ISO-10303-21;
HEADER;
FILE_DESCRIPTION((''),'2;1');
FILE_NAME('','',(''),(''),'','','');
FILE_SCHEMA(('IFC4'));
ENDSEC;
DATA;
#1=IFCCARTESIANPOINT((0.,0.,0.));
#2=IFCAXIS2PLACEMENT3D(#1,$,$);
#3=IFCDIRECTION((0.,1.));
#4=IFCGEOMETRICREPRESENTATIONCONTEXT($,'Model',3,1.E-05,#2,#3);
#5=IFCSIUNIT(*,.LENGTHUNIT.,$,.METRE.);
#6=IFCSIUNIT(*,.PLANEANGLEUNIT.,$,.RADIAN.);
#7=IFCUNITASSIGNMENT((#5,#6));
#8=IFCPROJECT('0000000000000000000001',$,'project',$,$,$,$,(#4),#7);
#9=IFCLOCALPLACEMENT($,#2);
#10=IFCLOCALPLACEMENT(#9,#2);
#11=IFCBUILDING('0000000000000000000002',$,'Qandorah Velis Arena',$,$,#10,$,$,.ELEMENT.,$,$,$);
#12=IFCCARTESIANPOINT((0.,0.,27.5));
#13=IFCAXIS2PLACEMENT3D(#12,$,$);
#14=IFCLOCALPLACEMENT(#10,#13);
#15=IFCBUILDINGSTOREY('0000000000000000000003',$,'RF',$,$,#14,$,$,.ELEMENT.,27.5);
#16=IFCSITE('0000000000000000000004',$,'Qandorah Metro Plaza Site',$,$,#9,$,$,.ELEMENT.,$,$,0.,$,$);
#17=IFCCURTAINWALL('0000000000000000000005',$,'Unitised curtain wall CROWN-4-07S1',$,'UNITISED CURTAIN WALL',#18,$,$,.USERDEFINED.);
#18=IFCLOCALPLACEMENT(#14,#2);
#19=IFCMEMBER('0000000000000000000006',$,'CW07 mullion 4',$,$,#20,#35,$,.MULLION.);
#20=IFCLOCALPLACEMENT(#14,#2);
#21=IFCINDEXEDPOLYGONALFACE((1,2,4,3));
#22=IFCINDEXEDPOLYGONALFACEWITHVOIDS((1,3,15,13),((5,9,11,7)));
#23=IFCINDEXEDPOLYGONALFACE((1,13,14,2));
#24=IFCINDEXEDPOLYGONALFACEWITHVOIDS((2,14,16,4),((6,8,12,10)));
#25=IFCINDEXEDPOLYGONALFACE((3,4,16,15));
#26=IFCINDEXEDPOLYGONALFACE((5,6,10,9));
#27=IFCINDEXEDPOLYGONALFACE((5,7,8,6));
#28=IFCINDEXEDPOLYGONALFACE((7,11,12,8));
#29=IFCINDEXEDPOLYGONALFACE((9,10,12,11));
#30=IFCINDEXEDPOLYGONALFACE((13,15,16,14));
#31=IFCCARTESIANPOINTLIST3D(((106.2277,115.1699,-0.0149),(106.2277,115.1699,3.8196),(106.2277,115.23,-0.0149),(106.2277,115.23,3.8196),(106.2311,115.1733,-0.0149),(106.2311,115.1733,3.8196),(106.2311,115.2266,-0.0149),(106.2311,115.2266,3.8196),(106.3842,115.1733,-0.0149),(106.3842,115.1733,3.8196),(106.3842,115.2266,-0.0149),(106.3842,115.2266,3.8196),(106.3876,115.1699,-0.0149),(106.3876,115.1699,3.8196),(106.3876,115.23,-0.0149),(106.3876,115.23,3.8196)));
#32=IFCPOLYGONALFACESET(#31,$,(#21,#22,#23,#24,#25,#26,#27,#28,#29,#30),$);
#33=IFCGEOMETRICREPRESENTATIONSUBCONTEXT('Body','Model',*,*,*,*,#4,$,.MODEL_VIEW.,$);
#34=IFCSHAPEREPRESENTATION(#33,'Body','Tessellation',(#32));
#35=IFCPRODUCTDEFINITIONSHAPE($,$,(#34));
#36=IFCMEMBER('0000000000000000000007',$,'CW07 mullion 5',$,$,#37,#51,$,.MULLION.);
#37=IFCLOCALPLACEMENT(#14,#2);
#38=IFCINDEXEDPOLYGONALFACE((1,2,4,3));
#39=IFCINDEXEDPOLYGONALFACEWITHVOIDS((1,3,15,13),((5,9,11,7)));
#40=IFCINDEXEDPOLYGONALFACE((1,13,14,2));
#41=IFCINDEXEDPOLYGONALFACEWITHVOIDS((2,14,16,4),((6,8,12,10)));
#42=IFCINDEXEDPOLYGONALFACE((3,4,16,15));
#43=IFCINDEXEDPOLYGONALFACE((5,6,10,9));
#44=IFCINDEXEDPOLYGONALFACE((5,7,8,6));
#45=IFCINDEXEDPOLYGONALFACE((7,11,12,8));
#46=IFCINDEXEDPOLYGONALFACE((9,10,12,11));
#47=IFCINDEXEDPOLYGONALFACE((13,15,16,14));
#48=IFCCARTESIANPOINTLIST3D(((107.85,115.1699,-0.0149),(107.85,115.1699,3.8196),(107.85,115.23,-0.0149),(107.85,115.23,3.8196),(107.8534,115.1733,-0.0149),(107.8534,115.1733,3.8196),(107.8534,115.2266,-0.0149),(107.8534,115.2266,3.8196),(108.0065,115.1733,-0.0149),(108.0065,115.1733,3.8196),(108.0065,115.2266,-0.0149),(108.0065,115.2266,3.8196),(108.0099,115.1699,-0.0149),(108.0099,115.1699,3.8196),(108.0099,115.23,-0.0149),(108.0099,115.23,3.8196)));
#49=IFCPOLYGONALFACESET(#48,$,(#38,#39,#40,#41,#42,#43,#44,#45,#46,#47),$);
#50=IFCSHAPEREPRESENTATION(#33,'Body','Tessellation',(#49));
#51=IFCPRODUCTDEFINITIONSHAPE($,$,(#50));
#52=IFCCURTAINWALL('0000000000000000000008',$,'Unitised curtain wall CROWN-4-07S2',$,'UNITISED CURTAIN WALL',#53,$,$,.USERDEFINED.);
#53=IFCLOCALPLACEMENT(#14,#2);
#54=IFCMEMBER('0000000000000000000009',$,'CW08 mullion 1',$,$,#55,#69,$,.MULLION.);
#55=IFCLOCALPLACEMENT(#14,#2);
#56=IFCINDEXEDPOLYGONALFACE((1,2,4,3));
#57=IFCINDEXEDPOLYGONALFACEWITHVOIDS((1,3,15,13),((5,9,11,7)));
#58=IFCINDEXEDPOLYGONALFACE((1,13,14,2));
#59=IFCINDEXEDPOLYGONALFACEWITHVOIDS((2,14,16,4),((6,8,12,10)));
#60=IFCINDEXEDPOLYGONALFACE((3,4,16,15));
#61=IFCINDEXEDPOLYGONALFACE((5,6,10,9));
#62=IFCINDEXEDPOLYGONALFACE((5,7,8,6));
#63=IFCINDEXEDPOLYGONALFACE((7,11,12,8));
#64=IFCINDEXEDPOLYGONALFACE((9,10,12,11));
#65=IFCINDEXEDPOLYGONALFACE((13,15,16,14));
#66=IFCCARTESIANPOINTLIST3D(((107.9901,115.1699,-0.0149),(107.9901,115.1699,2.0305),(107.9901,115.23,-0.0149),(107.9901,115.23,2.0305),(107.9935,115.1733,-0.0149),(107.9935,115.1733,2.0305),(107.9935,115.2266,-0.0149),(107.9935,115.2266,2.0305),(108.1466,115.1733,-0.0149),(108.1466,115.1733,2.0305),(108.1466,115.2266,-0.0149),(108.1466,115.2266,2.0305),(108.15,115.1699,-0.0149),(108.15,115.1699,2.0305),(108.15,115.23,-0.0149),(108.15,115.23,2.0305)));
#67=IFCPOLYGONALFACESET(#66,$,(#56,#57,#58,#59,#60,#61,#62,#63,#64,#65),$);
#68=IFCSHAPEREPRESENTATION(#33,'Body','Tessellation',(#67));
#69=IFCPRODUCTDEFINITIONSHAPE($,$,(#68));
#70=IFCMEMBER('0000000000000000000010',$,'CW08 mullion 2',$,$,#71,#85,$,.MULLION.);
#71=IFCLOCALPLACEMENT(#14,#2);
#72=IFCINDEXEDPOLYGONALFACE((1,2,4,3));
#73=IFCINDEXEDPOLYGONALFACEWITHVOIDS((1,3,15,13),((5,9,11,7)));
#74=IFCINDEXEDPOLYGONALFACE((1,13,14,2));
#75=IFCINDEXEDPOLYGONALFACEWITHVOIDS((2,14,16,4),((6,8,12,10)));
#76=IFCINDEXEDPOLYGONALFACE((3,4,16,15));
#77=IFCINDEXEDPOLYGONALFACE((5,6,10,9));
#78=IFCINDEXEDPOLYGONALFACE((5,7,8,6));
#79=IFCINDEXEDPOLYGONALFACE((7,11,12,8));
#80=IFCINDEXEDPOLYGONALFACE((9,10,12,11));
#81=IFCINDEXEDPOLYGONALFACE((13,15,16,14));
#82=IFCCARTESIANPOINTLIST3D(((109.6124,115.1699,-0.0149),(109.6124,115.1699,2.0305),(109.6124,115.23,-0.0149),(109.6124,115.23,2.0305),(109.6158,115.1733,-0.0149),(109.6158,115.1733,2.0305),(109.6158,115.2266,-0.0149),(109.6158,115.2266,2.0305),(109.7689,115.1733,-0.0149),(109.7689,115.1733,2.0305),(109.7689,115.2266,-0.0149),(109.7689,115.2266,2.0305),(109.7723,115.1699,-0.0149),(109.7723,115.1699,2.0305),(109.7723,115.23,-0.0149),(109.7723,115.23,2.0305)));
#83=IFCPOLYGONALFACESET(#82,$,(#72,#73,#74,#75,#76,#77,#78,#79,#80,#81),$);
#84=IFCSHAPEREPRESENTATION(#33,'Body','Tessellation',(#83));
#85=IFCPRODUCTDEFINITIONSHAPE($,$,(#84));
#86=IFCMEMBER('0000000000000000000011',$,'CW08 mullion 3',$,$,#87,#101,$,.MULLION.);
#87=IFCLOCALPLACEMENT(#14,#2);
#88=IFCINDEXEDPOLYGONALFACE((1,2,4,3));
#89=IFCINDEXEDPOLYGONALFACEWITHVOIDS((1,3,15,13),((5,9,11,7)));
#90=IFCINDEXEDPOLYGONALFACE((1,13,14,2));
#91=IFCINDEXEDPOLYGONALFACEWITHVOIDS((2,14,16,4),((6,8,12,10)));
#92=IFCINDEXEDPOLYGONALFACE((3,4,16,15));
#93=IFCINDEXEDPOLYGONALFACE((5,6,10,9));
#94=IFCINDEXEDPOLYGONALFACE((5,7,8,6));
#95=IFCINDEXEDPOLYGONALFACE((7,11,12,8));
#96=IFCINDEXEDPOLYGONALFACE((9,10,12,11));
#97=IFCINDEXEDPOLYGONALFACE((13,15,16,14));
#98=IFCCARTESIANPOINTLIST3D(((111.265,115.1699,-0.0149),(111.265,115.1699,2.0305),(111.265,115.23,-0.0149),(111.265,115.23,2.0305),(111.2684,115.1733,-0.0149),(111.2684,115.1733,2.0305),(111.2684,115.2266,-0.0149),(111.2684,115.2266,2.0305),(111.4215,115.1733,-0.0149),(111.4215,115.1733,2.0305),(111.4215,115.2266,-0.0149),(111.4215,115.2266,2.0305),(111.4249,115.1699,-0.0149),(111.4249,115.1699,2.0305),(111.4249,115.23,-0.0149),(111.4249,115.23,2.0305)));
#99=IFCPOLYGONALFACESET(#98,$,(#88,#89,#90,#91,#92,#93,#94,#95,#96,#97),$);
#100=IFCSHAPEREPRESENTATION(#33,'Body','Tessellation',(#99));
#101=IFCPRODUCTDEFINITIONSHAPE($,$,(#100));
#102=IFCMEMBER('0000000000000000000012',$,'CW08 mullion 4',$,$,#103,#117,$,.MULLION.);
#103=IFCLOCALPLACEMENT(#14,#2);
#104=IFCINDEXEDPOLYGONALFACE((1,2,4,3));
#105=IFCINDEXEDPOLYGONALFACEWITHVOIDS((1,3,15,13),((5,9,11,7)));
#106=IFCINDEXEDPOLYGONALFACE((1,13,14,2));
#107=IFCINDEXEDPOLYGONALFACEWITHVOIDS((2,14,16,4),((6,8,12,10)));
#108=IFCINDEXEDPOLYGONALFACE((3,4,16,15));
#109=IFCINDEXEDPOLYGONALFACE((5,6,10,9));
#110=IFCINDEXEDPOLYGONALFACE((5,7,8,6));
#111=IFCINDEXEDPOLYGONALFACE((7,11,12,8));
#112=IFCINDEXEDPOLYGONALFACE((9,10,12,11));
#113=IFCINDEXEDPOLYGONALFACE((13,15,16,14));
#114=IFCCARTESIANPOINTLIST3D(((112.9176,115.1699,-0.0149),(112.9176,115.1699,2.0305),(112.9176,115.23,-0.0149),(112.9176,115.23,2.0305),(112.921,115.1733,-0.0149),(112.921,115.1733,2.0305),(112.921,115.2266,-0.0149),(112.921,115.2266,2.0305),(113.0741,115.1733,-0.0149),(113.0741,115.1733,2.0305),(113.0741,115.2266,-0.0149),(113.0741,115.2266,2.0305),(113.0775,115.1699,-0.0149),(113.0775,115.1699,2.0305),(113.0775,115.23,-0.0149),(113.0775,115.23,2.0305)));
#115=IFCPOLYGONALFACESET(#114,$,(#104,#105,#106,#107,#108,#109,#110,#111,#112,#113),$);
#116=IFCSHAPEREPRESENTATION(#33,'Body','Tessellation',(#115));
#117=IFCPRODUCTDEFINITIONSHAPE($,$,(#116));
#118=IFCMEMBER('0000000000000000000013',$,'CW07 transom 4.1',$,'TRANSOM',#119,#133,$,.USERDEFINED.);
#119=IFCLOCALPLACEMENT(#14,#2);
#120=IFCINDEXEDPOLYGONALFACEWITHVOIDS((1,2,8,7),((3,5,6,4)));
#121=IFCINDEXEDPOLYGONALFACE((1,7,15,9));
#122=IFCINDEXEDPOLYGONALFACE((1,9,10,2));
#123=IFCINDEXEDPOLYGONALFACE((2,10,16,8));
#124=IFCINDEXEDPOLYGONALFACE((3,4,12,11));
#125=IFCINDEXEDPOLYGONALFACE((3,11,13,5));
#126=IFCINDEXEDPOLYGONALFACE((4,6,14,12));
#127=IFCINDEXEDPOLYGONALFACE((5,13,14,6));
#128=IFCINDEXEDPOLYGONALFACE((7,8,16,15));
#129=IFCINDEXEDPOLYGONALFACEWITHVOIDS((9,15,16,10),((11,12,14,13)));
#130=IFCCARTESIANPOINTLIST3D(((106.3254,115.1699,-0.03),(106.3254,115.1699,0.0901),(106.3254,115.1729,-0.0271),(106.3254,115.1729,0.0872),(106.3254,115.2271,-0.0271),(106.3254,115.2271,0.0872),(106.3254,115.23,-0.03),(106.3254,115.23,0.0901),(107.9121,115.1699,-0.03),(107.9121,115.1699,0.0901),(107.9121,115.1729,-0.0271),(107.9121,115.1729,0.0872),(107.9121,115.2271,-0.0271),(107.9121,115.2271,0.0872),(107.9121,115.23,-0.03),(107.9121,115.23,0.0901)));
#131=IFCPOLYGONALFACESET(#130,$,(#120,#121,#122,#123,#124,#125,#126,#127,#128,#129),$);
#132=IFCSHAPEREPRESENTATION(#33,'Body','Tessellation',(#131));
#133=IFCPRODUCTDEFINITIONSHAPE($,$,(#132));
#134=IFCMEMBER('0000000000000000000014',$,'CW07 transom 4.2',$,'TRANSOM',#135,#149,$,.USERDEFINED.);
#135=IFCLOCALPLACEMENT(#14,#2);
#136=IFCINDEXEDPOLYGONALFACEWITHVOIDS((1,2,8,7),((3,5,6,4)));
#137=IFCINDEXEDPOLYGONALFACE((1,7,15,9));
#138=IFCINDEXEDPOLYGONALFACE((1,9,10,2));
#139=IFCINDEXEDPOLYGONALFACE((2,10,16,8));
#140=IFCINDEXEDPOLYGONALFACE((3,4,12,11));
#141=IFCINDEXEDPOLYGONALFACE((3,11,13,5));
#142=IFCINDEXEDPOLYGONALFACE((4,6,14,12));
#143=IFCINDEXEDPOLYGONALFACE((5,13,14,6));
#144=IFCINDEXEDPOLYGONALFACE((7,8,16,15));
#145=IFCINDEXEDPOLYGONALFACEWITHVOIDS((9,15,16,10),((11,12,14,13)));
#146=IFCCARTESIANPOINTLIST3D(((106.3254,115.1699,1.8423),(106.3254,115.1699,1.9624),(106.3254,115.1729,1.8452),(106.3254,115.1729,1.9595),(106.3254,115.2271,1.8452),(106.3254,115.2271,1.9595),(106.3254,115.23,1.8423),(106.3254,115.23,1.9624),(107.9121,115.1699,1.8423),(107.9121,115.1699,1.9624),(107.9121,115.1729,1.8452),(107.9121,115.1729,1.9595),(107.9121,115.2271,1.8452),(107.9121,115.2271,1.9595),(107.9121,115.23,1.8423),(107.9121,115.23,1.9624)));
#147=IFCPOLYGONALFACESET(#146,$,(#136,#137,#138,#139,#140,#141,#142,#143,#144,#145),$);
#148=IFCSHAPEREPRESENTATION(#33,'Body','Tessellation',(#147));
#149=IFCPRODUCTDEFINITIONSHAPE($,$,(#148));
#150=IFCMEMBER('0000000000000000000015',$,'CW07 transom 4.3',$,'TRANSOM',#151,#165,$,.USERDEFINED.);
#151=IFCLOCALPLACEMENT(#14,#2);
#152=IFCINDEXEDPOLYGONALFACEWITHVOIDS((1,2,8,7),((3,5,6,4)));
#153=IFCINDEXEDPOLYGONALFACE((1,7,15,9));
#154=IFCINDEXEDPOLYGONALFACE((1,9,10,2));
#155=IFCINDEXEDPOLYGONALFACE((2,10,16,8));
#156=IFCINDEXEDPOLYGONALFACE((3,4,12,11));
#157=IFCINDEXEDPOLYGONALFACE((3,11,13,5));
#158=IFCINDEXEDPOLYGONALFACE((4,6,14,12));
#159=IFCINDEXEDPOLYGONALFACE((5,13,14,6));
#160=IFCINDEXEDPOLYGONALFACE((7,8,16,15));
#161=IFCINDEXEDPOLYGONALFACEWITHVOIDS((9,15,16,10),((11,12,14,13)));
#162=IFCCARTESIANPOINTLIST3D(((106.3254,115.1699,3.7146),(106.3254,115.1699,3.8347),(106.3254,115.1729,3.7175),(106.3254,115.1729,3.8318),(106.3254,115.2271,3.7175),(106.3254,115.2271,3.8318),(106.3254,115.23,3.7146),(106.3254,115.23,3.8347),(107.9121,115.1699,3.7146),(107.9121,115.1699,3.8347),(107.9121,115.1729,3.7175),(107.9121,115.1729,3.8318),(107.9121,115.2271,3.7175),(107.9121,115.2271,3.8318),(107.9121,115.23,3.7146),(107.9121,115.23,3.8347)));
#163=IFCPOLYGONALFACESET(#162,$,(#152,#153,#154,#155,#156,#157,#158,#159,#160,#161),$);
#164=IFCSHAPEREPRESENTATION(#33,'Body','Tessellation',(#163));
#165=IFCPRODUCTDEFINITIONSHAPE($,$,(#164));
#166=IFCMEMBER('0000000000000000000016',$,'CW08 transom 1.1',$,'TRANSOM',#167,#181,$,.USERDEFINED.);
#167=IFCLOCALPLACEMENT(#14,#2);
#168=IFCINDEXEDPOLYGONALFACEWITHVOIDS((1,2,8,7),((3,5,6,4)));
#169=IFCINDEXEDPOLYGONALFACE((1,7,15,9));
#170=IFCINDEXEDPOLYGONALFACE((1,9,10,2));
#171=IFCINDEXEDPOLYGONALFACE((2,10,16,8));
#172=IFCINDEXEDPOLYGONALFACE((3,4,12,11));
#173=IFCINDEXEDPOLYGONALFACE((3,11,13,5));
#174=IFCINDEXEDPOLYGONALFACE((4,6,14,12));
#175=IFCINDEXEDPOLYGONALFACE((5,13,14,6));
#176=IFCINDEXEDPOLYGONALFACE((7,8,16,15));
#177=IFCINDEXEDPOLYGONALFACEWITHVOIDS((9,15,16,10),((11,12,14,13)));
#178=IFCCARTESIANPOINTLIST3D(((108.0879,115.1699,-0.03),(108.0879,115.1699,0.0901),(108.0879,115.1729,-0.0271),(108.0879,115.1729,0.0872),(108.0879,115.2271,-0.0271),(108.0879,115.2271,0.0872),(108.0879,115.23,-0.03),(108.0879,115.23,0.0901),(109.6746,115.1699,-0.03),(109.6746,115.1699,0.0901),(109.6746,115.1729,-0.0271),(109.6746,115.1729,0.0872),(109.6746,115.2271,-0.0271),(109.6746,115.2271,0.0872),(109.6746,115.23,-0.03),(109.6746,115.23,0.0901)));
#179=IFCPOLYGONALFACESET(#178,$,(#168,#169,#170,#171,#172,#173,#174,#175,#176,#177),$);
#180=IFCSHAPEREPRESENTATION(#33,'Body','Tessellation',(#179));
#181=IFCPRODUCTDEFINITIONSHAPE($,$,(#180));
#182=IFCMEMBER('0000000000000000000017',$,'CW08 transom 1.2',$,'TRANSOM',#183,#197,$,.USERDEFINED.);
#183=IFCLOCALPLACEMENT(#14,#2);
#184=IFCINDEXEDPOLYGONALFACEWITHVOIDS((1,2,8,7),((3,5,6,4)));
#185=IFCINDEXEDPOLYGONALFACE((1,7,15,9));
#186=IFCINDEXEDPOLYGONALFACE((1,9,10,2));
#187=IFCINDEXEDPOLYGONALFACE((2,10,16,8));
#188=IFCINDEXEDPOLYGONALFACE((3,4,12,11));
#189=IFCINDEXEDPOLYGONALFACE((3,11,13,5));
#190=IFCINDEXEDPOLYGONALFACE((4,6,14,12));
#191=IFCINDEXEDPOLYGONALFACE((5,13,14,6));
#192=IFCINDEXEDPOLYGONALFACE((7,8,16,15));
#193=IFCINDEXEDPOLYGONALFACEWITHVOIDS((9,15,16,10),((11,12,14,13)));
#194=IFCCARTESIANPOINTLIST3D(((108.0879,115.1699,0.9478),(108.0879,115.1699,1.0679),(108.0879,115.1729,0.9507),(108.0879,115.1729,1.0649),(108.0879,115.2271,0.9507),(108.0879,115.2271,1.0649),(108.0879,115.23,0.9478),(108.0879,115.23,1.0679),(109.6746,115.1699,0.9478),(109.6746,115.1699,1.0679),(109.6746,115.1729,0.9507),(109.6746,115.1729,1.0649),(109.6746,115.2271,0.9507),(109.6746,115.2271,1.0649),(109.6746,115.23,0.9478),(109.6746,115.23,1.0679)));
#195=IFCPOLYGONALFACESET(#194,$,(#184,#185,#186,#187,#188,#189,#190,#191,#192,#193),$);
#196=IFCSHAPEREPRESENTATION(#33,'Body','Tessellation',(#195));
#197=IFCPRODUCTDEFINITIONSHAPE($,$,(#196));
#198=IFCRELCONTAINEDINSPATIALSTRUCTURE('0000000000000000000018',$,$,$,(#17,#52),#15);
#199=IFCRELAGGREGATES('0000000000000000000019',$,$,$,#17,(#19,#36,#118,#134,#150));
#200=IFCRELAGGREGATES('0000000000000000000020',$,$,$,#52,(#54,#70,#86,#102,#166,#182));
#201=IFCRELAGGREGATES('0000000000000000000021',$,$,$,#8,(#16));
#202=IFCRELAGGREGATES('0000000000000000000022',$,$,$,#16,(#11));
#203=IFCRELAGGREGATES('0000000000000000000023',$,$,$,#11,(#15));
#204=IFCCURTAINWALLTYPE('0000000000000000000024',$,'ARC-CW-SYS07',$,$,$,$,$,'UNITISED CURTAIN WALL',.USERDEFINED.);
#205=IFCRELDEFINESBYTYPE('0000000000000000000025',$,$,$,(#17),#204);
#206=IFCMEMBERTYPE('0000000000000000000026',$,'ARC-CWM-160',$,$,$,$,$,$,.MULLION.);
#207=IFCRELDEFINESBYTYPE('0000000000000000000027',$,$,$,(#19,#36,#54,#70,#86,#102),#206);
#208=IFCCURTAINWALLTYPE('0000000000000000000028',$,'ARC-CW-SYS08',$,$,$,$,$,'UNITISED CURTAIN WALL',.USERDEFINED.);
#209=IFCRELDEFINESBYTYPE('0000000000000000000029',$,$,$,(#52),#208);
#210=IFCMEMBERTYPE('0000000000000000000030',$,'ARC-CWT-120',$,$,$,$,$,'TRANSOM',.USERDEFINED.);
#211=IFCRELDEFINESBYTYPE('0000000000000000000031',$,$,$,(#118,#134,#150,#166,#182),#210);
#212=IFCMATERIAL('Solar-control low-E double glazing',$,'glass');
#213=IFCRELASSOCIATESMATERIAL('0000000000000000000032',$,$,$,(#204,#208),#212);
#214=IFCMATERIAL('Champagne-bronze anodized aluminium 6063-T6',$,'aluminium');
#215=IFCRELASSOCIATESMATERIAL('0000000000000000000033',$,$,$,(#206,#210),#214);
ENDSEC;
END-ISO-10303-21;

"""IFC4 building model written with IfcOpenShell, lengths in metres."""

from ifc_helpers import new_model, si_unit, direction, frame, origin, origin_2d, place, context, subcontext, project, spatial, hollow_rectangle, extrude, material, material_profile, profile_set, type_object, element, aggregate, save


model = new_model("IFC4")

# Units and contexts
model_context = context("Model", 3, precision=1e-05, world=origin(), true_north=direction((0.0, 1.0)))
body_context = subcontext(model_context, "Body", "Model", "MODEL_VIEW")
ifc_project = project(units=[si_unit("LENGTHUNIT", "METRE"), si_unit("PLANEANGLEUNIT", "RADIAN")], contexts=[model_context])

# Site, building, storey
site_placement = place(None, origin())
site = spatial("IfcSite", under=ifc_project, at=site_placement, Name="Qandorah Metro Plaza Site", CompositionType="ELEMENT", RefElevation=0.0)
building_placement = place(site_placement, origin())
building = spatial("IfcBuilding", under=site, at=building_placement, Name="Qandorah Velis Arena", CompositionType="ELEMENT")
storey_placement = place(building_placement, frame((0.0, 0.0, 27.5)))
storey = spatial("IfcBuildingStorey", under=building, at=storey_placement, Name="RF", CompositionType="ELEMENT", Elevation=27.5)

# Curtain walls, members
ifc_material_1 = material(Name="Solar-control low-E double glazing", Category="glass")
curtain_wall_type_1 = type_object("IfcCurtainWallType", Name="ARC-CW-SYS07", ElementType="UNITISED CURTAIN WALL", PredefinedType="USERDEFINED", material=ifc_material_1)
curtain_wall_1_placement = place(storey_placement, origin())
curtain_wall_1 = element("IfcCurtainWall", 1, at=curtain_wall_1_placement, inside=storey, type_object=curtain_wall_type_1, Name="Unitised curtain wall CROWN-4-07S1", ObjectType="UNITISED CURTAIN WALL", PredefinedType="USERDEFINED")
ifc_material_2 = material(Name="Champagne-bronze anodized aluminium 6063-T6", Category="aluminium")
ifc_material_profile_1 = material_profile(ifc_material_2, hollow_rectangle(XDim=0.0601, YDim=0.1599, WallThickness=0.0034, at=origin_2d()), Name="ALU MULLION 60x160")
ifc_profile_set_1 = profile_set([ifc_material_profile_1], Name="Champagne-bronze anodized aluminium 6063-T6")
member_type_1 = type_object("IfcMemberType", Name="ARC-CWM-160", PredefinedType="MULLION", material=ifc_profile_set_1)
member_1_placement = place(storey_placement, frame((106.3076, 115.2, -0.0149), z_axis=(0.0, 0.0, 1.0), x_axis=(0.0, 1.0, 0.0)))
member_1 = element("IfcMember", 2, at=member_1_placement, type_object=member_type_1, Name="CW07 mullion 4", PredefinedType="MULLION", context=body_context, shape_type="SweptSolid", body=[
    extrude(hollow_rectangle(XDim=0.0601, YDim=0.1599, WallThickness=0.0034, at=origin_2d()), origin(), (0.0, 0.0, 1.0), 3.8345),
])
member_2_placement = place(storey_placement, frame((107.9299, 115.2, -0.0149), z_axis=(0.0, 0.0, 1.0), x_axis=(0.0, 1.0, 0.0)))
member_2 = element("IfcMember", 3, at=member_2_placement, type_object=member_type_1, Name="CW07 mullion 5", PredefinedType="MULLION", context=body_context, shape_type="SweptSolid", body=[
    extrude(hollow_rectangle(XDim=0.0601, YDim=0.1599, WallThickness=0.0034, at=origin_2d()), origin(), (0.0, 0.0, 1.0), 3.8345),
])
curtain_wall_type_2 = type_object("IfcCurtainWallType", Name="ARC-CW-SYS08", ElementType="UNITISED CURTAIN WALL", PredefinedType="USERDEFINED", material=ifc_material_1)
curtain_wall_2_placement = place(storey_placement, origin())
curtain_wall_2 = element("IfcCurtainWall", 4, at=curtain_wall_2_placement, inside=storey, type_object=curtain_wall_type_2, Name="Unitised curtain wall CROWN-4-07S2", ObjectType="UNITISED CURTAIN WALL", PredefinedType="USERDEFINED")
member_3_placement = place(storey_placement, frame((108.0701, 115.2, -0.0149), z_axis=(0.0, 0.0, 1.0), x_axis=(0.0, 1.0, 0.0)))
member_3 = element("IfcMember", 5, at=member_3_placement, type_object=member_type_1, Name="CW08 mullion 1", PredefinedType="MULLION", context=body_context, shape_type="SweptSolid", body=[
    extrude(hollow_rectangle(XDim=0.0601, YDim=0.1599, WallThickness=0.0034, at=origin_2d()), origin(), (0.0, 0.0, 1.0), 2.0454),
])
member_4_placement = place(storey_placement, frame((109.6924, 115.2, -0.0149), z_axis=(0.0, 0.0, 1.0), x_axis=(0.0, 1.0, 0.0)))
member_4 = element("IfcMember", 6, at=member_4_placement, type_object=member_type_1, Name="CW08 mullion 2", PredefinedType="MULLION", context=body_context, shape_type="SweptSolid", body=[
    extrude(hollow_rectangle(XDim=0.0601, YDim=0.1599, WallThickness=0.0034, at=origin_2d()), origin(), (0.0, 0.0, 1.0), 2.0454),
])
member_5_placement = place(storey_placement, frame((111.345, 115.2, -0.0149), z_axis=(0.0, 0.0, 1.0), x_axis=(0.0, 1.0, 0.0)))
member_5 = element("IfcMember", 7, at=member_5_placement, type_object=member_type_1, Name="CW08 mullion 3", PredefinedType="MULLION", context=body_context, shape_type="SweptSolid", body=[
    extrude(hollow_rectangle(XDim=0.0601, YDim=0.1599, WallThickness=0.0034, at=origin_2d()), origin(), (0.0, 0.0, 1.0), 2.0454),
])
member_6_placement = place(storey_placement, frame((112.9976, 115.2, -0.0149), z_axis=(0.0, 0.0, 1.0), x_axis=(0.0, 1.0, 0.0)))
member_6 = element("IfcMember", 8, at=member_6_placement, type_object=member_type_1, Name="CW08 mullion 4", PredefinedType="MULLION", context=body_context, shape_type="SweptSolid", body=[
    extrude(hollow_rectangle(XDim=0.0601, YDim=0.1599, WallThickness=0.0034, at=origin_2d()), origin(), (0.0, 0.0, 1.0), 2.0454),
])

# Members
ifc_material_profile_2 = material_profile(ifc_material_2, hollow_rectangle(XDim=0.0601, YDim=0.1201, WallThickness=0.0029, at=origin_2d()), Name="ALU TRANSOM 60x120")
ifc_profile_set_2 = profile_set([ifc_material_profile_2], Name="Champagne-bronze anodized aluminium 6063-T6")
member_type_2 = type_object("IfcMemberType", Name="ARC-CWT-120", ElementType="TRANSOM", PredefinedType="USERDEFINED", material=ifc_profile_set_2)
member_7_placement = place(storey_placement, frame((106.3254, 115.2, 0.03), z_axis=(1.0, 0.0, 0.0), x_axis=(0.0, 1.0, 0.0)))
member_7 = element("IfcMember", 9, at=member_7_placement, type_object=member_type_2, Name="CW07 transom 4.1", ObjectType="TRANSOM", PredefinedType="USERDEFINED", context=body_context, shape_type="SweptSolid", body=[
    extrude(hollow_rectangle(XDim=0.0601, YDim=0.1201, WallThickness=0.0029, at=origin_2d()), origin(), (0.0, 0.0, 1.0), 1.5867),
])
member_8_placement = place(storey_placement, frame((106.3254, 115.2, 1.9023), z_axis=(1.0, 0.0, 0.0), x_axis=(0.0, 1.0, 0.0)))
member_8 = element("IfcMember", 10, at=member_8_placement, type_object=member_type_2, Name="CW07 transom 4.2", ObjectType="TRANSOM", PredefinedType="USERDEFINED", context=body_context, shape_type="SweptSolid", body=[
    extrude(hollow_rectangle(XDim=0.0601, YDim=0.1201, WallThickness=0.0029, at=origin_2d()), origin(), (0.0, 0.0, 1.0), 1.5867),
])
member_9_placement = place(storey_placement, frame((106.3254, 115.2, 3.7747), z_axis=(1.0, 0.0, 0.0), x_axis=(0.0, 1.0, 0.0)))
member_9 = element("IfcMember", 11, at=member_9_placement, type_object=member_type_2, Name="CW07 transom 4.3", ObjectType="TRANSOM", PredefinedType="USERDEFINED", context=body_context, shape_type="SweptSolid", body=[
    extrude(hollow_rectangle(XDim=0.0601, YDim=0.1201, WallThickness=0.0029, at=origin_2d()), origin(), (0.0, 0.0, 1.0), 1.5867),
])
member_10_placement = place(storey_placement, frame((108.0879, 115.2, 0.03), z_axis=(1.0, 0.0, 0.0), x_axis=(0.0, 1.0, 0.0)))
member_10 = element("IfcMember", 12, at=member_10_placement, type_object=member_type_2, Name="CW08 transom 1.1", ObjectType="TRANSOM", PredefinedType="USERDEFINED", context=body_context, shape_type="SweptSolid", body=[
    extrude(hollow_rectangle(XDim=0.0601, YDim=0.1201, WallThickness=0.0029, at=origin_2d()), origin(), (0.0, 0.0, 1.0), 1.5867),
])
member_11_placement = place(storey_placement, frame((108.0879, 115.2, 1.0078), z_axis=(1.0, 0.0, 0.0), x_axis=(0.0, 1.0, 0.0)))
member_11 = element("IfcMember", 13, at=member_11_placement, type_object=member_type_2, Name="CW08 transom 1.2", ObjectType="TRANSOM", PredefinedType="USERDEFINED", context=body_context, shape_type="SweptSolid", body=[
    extrude(hollow_rectangle(XDim=0.0601, YDim=0.1201, WallThickness=0.0029, at=origin_2d()), origin(), (0.0, 0.0, 1.0), 1.5867),
])

aggregate(curtain_wall_1, [member_1, member_2, member_7, member_8, member_9])
aggregate(curtain_wall_2, [member_3, member_4, member_5, member_6, member_10, member_11])

save(model, "model.ifc")
